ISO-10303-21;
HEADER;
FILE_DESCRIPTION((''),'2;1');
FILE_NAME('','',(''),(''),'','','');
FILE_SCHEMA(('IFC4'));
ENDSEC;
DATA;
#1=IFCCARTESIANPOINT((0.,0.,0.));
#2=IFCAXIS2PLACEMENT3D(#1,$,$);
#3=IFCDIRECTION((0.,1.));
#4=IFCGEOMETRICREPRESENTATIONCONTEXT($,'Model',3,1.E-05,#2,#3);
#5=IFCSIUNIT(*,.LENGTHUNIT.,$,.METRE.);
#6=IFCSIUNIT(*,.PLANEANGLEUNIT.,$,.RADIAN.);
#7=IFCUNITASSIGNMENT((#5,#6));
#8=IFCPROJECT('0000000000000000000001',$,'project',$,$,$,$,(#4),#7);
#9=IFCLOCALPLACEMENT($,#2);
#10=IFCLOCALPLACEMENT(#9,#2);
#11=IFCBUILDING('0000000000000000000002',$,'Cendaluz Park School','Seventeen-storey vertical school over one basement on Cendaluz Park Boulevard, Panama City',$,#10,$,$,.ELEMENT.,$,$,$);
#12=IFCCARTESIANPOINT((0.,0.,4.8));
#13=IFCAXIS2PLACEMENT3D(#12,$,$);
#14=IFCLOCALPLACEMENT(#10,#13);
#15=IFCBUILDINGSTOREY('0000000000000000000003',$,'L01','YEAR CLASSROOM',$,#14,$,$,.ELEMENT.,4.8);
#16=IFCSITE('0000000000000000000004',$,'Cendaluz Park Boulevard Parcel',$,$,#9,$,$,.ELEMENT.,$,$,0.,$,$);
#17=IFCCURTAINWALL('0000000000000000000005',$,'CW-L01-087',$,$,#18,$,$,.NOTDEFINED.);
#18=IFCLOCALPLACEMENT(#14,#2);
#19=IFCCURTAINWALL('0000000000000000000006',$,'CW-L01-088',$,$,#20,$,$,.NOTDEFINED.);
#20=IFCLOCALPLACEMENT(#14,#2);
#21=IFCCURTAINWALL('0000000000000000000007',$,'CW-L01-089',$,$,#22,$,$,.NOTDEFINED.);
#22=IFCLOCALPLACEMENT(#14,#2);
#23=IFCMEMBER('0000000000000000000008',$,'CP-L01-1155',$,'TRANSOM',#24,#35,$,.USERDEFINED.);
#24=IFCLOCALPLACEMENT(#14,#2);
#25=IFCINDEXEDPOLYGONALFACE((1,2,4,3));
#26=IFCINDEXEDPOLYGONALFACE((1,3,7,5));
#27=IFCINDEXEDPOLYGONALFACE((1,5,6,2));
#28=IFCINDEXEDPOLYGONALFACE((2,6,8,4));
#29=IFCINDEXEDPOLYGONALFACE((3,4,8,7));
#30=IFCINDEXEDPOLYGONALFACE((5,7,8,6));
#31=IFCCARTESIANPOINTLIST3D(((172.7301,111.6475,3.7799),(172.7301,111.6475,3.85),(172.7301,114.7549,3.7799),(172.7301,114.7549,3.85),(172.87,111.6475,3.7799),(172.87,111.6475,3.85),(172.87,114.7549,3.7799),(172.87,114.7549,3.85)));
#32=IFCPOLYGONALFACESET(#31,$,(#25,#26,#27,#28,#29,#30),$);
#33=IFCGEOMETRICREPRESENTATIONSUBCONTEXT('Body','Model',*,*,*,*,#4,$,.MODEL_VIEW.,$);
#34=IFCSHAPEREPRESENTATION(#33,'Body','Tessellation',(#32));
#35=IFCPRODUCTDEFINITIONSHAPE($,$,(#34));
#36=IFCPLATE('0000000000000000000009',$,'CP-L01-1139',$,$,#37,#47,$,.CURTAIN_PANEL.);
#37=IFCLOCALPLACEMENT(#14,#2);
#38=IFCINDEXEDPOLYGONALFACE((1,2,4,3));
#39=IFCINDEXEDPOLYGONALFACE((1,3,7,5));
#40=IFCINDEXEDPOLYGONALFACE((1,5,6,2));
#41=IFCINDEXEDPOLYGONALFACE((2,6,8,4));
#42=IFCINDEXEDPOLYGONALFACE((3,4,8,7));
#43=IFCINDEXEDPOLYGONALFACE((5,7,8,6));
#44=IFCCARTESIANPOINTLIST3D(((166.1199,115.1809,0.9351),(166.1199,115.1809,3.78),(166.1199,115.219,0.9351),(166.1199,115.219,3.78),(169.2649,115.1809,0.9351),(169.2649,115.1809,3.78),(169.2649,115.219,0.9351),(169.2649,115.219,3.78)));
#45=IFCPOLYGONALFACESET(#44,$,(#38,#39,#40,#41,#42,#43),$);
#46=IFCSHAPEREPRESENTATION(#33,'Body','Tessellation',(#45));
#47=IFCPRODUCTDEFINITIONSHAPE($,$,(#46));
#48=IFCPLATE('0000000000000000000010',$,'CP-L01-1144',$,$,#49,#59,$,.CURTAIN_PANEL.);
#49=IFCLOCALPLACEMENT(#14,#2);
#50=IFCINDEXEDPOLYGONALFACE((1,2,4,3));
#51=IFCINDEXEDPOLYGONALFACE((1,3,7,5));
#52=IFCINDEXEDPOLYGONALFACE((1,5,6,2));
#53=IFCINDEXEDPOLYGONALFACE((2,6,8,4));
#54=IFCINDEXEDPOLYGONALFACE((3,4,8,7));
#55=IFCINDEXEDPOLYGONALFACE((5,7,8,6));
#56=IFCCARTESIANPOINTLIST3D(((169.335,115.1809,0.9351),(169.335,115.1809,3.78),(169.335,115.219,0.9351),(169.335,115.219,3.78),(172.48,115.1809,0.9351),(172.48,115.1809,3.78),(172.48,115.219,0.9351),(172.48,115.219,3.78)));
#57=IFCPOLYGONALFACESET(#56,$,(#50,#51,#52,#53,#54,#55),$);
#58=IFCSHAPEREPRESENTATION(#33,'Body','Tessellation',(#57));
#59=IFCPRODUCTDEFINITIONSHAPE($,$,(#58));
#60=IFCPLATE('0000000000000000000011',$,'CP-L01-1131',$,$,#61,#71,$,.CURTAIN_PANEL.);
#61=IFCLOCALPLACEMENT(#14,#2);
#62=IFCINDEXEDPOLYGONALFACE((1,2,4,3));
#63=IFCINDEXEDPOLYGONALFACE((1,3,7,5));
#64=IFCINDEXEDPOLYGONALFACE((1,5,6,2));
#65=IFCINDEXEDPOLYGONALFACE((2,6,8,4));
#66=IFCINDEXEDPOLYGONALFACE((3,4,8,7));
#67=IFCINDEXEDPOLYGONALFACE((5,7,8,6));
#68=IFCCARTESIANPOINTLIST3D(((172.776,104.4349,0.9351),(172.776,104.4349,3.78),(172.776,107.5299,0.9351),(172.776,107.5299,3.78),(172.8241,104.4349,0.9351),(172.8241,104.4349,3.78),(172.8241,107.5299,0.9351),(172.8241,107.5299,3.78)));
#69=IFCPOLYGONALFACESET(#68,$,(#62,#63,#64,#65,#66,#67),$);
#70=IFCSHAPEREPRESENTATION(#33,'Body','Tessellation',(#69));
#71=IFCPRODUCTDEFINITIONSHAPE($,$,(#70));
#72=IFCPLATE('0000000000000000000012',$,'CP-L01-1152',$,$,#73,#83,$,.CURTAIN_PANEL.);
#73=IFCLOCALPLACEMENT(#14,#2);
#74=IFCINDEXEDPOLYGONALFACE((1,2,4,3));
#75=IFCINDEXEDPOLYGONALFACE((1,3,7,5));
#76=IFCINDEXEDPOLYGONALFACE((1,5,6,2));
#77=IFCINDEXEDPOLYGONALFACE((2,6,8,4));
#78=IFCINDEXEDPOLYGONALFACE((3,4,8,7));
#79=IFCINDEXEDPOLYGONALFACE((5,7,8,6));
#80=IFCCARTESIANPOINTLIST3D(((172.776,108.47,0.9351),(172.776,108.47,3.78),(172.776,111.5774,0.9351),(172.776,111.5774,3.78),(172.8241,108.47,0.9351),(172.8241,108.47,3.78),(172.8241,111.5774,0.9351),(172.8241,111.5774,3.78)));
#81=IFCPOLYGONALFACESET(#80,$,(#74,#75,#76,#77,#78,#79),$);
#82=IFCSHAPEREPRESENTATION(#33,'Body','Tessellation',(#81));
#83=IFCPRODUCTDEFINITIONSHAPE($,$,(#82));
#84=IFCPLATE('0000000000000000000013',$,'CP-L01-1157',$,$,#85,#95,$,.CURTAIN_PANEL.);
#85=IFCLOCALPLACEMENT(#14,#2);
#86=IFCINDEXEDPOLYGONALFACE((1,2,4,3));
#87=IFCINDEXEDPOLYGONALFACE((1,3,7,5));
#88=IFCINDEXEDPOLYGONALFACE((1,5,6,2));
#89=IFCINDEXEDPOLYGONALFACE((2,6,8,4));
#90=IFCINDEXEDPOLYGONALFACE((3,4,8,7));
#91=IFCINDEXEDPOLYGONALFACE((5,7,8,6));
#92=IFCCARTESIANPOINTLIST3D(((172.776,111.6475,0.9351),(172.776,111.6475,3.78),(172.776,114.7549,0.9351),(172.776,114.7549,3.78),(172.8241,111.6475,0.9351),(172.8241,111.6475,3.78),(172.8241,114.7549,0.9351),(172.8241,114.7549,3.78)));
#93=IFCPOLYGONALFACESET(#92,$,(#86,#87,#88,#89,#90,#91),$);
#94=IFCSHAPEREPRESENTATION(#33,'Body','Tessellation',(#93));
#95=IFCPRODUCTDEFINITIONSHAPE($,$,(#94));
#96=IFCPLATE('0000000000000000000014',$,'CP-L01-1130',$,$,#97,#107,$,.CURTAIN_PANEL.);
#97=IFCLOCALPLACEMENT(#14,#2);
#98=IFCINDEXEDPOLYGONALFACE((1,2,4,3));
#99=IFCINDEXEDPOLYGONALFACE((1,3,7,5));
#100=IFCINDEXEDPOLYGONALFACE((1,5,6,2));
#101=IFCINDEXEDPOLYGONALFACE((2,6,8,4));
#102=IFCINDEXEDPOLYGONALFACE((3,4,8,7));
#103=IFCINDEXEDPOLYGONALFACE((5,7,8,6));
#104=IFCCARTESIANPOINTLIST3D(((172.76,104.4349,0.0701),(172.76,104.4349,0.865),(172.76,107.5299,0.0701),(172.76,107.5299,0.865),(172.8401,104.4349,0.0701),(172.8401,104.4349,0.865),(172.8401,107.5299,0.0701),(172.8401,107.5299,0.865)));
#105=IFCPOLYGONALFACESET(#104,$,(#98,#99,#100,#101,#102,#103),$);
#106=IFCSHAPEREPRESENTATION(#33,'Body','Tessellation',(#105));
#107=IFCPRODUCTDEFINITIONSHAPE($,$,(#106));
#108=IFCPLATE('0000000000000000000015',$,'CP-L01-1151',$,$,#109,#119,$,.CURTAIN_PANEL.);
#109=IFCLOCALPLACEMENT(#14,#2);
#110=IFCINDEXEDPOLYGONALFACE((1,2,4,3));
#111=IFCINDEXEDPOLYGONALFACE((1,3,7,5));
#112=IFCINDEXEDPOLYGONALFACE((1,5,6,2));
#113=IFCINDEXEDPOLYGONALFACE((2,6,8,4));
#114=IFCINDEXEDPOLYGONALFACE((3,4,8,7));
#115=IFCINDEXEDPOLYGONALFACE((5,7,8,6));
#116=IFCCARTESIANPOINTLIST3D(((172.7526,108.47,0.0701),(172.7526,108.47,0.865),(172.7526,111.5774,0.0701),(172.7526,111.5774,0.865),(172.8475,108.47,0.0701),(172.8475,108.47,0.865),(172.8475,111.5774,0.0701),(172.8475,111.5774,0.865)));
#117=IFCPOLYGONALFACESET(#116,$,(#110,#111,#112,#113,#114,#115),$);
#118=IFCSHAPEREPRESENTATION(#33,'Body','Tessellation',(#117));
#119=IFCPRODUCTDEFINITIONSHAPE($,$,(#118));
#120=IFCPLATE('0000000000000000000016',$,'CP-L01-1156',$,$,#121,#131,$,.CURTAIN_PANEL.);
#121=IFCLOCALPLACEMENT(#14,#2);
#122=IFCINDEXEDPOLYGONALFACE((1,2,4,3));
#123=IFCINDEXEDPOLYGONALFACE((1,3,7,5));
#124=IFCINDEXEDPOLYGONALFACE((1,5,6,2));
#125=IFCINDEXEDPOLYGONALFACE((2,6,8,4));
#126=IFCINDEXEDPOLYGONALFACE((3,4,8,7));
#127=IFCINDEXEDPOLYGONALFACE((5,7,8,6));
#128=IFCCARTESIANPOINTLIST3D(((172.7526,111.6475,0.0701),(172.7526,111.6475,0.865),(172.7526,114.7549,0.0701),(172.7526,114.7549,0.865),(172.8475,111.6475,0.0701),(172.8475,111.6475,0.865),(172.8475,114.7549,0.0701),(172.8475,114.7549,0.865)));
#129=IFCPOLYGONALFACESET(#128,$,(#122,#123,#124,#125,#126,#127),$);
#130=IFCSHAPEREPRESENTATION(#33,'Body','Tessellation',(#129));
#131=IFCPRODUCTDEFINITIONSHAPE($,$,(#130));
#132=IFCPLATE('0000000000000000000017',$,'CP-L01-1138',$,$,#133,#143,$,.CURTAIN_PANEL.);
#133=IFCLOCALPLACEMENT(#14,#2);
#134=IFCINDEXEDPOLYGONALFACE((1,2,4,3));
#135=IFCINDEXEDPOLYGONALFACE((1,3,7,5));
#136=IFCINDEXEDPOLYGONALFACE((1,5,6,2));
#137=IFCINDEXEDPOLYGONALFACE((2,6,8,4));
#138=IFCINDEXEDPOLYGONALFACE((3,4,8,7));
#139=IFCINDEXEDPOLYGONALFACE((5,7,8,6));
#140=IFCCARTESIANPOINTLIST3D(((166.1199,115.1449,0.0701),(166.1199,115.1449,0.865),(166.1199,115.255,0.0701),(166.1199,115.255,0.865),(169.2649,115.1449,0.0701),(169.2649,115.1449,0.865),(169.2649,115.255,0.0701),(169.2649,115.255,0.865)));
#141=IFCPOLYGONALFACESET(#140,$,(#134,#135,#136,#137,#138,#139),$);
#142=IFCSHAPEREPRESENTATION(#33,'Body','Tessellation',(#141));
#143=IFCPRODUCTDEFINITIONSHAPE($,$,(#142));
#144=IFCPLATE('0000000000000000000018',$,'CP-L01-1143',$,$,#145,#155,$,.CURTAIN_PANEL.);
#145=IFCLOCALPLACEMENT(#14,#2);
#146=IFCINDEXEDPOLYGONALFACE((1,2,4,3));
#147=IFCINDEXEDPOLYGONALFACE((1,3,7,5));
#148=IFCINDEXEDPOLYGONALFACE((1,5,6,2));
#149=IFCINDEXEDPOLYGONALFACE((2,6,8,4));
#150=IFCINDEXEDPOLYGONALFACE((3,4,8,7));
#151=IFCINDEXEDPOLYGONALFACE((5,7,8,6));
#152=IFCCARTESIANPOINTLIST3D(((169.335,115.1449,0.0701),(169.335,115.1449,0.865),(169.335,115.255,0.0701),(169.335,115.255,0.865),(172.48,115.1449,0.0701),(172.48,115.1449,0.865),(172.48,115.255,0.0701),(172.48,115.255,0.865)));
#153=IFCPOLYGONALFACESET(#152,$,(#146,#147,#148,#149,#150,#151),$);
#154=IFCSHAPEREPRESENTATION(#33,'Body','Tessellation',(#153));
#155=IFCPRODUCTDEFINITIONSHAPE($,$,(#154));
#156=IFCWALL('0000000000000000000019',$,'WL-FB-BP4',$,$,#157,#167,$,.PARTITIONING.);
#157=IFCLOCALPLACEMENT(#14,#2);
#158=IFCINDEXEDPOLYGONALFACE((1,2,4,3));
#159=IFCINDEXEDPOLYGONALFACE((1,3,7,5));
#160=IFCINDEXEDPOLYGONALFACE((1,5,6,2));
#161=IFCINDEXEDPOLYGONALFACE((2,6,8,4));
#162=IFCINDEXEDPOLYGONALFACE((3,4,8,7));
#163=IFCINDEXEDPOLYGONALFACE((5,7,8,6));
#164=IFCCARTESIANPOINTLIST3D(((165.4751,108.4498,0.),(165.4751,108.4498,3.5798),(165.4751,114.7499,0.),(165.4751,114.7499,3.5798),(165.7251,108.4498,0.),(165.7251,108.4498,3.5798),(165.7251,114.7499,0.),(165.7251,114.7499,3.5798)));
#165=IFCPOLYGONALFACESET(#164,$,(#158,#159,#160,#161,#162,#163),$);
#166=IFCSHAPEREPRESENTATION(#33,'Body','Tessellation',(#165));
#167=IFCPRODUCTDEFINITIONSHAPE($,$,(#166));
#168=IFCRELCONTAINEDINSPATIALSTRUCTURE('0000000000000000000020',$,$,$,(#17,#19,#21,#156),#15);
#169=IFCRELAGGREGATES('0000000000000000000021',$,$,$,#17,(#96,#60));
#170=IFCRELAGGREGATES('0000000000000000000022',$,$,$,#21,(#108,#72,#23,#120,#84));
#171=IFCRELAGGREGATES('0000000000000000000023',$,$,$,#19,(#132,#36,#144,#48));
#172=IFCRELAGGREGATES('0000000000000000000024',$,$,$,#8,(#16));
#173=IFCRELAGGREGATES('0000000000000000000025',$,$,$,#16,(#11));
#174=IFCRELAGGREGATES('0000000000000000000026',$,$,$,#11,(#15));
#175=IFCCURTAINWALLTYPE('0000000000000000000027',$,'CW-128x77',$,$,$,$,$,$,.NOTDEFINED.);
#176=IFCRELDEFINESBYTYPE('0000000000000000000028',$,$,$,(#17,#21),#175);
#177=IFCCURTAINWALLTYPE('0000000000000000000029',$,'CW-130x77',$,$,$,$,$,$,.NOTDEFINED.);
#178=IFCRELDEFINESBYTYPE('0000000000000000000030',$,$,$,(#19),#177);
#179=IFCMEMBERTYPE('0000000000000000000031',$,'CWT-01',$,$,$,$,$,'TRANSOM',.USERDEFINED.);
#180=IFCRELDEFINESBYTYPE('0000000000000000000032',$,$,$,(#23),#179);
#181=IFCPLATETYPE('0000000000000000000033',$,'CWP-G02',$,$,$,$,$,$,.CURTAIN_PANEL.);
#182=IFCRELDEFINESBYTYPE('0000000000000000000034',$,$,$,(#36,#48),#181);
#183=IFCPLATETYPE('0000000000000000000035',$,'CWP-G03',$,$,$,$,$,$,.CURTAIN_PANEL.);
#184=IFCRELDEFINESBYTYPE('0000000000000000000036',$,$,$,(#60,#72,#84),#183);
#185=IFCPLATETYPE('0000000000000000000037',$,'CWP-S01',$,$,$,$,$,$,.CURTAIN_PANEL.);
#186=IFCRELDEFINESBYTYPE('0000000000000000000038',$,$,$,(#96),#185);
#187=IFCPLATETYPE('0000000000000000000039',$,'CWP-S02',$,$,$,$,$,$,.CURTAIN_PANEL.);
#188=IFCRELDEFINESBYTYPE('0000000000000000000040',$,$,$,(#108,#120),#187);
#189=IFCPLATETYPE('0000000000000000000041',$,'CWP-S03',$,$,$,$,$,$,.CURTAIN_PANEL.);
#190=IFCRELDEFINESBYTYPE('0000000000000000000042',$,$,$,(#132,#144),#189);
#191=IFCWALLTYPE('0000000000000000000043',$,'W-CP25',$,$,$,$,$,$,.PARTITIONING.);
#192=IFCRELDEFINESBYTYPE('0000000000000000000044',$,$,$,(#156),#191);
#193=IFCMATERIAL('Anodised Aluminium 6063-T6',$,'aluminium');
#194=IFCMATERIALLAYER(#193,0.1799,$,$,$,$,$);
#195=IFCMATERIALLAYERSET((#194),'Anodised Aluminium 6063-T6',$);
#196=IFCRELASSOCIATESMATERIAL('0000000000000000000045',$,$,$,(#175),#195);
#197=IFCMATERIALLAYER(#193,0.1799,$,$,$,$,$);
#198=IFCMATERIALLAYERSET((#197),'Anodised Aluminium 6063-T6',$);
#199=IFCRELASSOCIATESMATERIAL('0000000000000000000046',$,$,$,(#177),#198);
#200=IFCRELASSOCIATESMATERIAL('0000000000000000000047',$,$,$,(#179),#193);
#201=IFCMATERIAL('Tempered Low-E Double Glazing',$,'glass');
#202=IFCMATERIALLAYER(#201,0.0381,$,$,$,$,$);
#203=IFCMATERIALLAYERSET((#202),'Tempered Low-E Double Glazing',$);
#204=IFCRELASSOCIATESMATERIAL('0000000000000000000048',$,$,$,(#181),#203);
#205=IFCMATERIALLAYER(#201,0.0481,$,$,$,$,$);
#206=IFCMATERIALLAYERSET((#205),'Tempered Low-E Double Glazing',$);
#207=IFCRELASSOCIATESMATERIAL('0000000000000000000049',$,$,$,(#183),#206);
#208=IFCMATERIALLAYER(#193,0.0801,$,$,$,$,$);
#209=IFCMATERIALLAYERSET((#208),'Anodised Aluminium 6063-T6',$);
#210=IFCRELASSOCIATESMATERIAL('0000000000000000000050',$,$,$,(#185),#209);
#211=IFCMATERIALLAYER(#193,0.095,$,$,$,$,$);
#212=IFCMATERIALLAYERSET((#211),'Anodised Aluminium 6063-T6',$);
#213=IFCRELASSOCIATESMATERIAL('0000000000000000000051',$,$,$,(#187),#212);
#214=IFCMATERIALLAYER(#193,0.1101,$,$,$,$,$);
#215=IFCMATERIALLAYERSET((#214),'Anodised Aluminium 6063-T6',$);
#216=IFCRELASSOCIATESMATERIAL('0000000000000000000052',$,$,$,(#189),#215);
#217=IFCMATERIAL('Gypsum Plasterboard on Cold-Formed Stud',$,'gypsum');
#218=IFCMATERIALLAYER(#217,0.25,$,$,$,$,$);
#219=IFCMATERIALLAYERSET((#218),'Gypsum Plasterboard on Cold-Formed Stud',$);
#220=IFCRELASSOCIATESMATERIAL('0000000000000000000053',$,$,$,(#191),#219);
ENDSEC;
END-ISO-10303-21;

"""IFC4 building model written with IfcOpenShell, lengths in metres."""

from ifc_helpers import new_model, si_unit, direction, frame, frame_2d, origin, origin_2d, place, context, subcontext, project, spatial, rectangle, extrude, material, layer, layer_set, material_profile, profile_set, type_object, element, aggregate, save


model = new_model("IFC4")

# Units and contexts
model_context = context("Model", 3, precision=1e-05, world=origin(), true_north=direction((0.0, 1.0)))
body_context = subcontext(model_context, "Body", "Model", "MODEL_VIEW")
ifc_project = project(units=[si_unit("LENGTHUNIT", "METRE"), si_unit("PLANEANGLEUNIT", "RADIAN")], contexts=[model_context])

# Site, building, storey
site_placement = place(None, origin())
site = spatial("IfcSite", under=ifc_project, at=site_placement, Name="Cendaluz Park Boulevard Parcel", CompositionType="ELEMENT", RefElevation=0.0)
building_placement = place(site_placement, origin())
building = spatial("IfcBuilding", under=site, at=building_placement, Name="Cendaluz Park School", Description="Seventeen-storey vertical school over one basement on Cendaluz Park Boulevard, Panama City", CompositionType="ELEMENT")
storey_placement = place(building_placement, frame((0.0, 0.0, 4.8)))
storey = spatial("IfcBuildingStorey", under=building, at=storey_placement, Name="L01", Description="YEAR CLASSROOM", CompositionType="ELEMENT", Elevation=4.8)

# Curtain wall
ifc_material_1 = material(Name="Anodised Aluminium 6063-T6", Category="aluminium")
ifc_layer_1 = layer(ifc_material_1, 0.1799)
ifc_layer_set_1 = layer_set([ifc_layer_1], Name="Anodised Aluminium 6063-T6")
curtain_wall_type_1 = type_object("IfcCurtainWallType", Name="CW-128x77", PredefinedType="NOTDEFINED", material=ifc_layer_set_1)
curtain_wall_1_placement = place(storey_placement, origin())
curtain_wall_1 = element("IfcCurtainWall", 1, at=curtain_wall_1_placement, inside=storey, type_object=curtain_wall_type_1, Name="CW-L01-087", PredefinedType="NOTDEFINED")

# Curtain walls
ifc_layer_2 = layer(ifc_material_1, 0.1799)
ifc_layer_set_2 = layer_set([ifc_layer_2], Name="Anodised Aluminium 6063-T6")
curtain_wall_type_2 = type_object("IfcCurtainWallType", Name="CW-130x77", PredefinedType="NOTDEFINED", material=ifc_layer_set_2)
curtain_wall_2_placement = place(storey_placement, origin())
curtain_wall_2 = element("IfcCurtainWall", 2, at=curtain_wall_2_placement, inside=storey, type_object=curtain_wall_type_2, Name="CW-L01-088", PredefinedType="NOTDEFINED")
curtain_wall_3_placement = place(storey_placement, origin())
curtain_wall_3 = element("IfcCurtainWall", 3, at=curtain_wall_3_placement, inside=storey, type_object=curtain_wall_type_1, Name="CW-L01-089", PredefinedType="NOTDEFINED")

# Member
ifc_material_profile_1 = material_profile(ifc_material_1, rectangle(XDim=0.1399, YDim=0.0701, at=origin_2d()), Name="CWT 140x70", Category="aluminium")
ifc_profile_set_1 = profile_set([ifc_material_profile_1], Name="Anodised Aluminium 6063-T6")
member_type_1 = type_object("IfcMemberType", Name="CWT-01", ElementType="TRANSOM", PredefinedType="USERDEFINED", material=ifc_profile_set_1)
member_1_placement = place(storey_placement, frame((172.8, 111.6475, 3.8149), z_axis=(0.0, 1.0, 0.0), x_axis=(-1.0, 0.0, 0.0)))
member_1 = element("IfcMember", 4, at=member_1_placement, type_object=member_type_1, Name="CP-L01-1155", ObjectType="TRANSOM", PredefinedType="USERDEFINED", context=body_context, shape_type="SweptSolid", body=[
    extrude(rectangle(XDim=0.1399, YDim=0.0701, at=origin_2d()), origin(), (0.0, 0.0, 1.0), 3.1074),
])

# Plates
ifc_material_2 = material(Name="Tempered Low-E Double Glazing", Category="glass")
ifc_layer_3 = layer(ifc_material_2, 0.0381)
ifc_layer_set_3 = layer_set([ifc_layer_3], Name="Tempered Low-E Double Glazing")
plate_type_1 = type_object("IfcPlateType", Name="CWP-G02", PredefinedType="CURTAIN_PANEL", material=ifc_layer_set_3)
plate_1_placement = place(storey_placement, frame((167.6924, 115.2, 0.9351), z_axis=(0.0, 0.0, 1.0), x_axis=(1.0, 0.0, 0.0)))
plate_1 = element("IfcPlate", 5, at=plate_1_placement, type_object=plate_type_1, Name="CP-L01-1139", PredefinedType="CURTAIN_PANEL", context=body_context, shape_type="SweptSolid", body=[
    extrude(rectangle(XDim=3.145, YDim=0.0381, at=origin_2d()), origin(), (0.0, 0.0, 1.0), 2.845),
])
plate_2_placement = place(storey_placement, frame((170.9075, 115.2, 0.9351), z_axis=(0.0, 0.0, 1.0), x_axis=(1.0, 0.0, 0.0)))
plate_2 = element("IfcPlate", 6, at=plate_2_placement, type_object=plate_type_1, Name="CP-L01-1144", PredefinedType="CURTAIN_PANEL", context=body_context, shape_type="SweptSolid", body=[
    extrude(rectangle(XDim=3.145, YDim=0.0381, at=origin_2d()), origin(), (0.0, 0.0, 1.0), 2.845),
])
ifc_layer_4 = layer(ifc_material_2, 0.0481)
ifc_layer_set_4 = layer_set([ifc_layer_4], Name="Tempered Low-E Double Glazing")
plate_type_2 = type_object("IfcPlateType", Name="CWP-G03", PredefinedType="CURTAIN_PANEL", material=ifc_layer_set_4)
plate_3_placement = place(storey_placement, frame((172.8, 105.9824, 0.9351), z_axis=(0.0, 0.0, 1.0), x_axis=(0.0, 1.0, 0.0)))
plate_3 = element("IfcPlate", 7, at=plate_3_placement, type_object=plate_type_2, Name="CP-L01-1131", PredefinedType="CURTAIN_PANEL", context=body_context, shape_type="SweptSolid", body=[
    extrude(rectangle(XDim=3.095, YDim=0.0481, at=origin_2d()), origin(), (0.0, 0.0, 1.0), 2.845),
])
plate_4_placement = place(storey_placement, frame((172.8, 110.0237, 0.9351), z_axis=(0.0, 0.0, 1.0), x_axis=(0.0, 1.0, 0.0)))
plate_4 = element("IfcPlate", 8, at=plate_4_placement, type_object=plate_type_2, Name="CP-L01-1152", PredefinedType="CURTAIN_PANEL", context=body_context, shape_type="SweptSolid", body=[
    extrude(rectangle(XDim=3.1074, YDim=0.0481, at=origin_2d()), origin(), (0.0, 0.0, 1.0), 2.845),
])
plate_5_placement = place(storey_placement, frame((172.8, 113.2012, 0.9351), z_axis=(0.0, 0.0, 1.0), x_axis=(0.0, 1.0, 0.0)))
plate_5 = element("IfcPlate", 9, at=plate_5_placement, type_object=plate_type_2, Name="CP-L01-1157", PredefinedType="CURTAIN_PANEL", context=body_context, shape_type="SweptSolid", body=[
    extrude(rectangle(XDim=3.1074, YDim=0.0481, at=origin_2d()), origin(), (0.0, 0.0, 1.0), 2.845),
])
ifc_layer_5 = layer(ifc_material_1, 0.0801)
ifc_layer_set_5 = layer_set([ifc_layer_5], Name="Anodised Aluminium 6063-T6")
plate_type_3 = type_object("IfcPlateType", Name="CWP-S01", PredefinedType="CURTAIN_PANEL", material=ifc_layer_set_5)
plate_6_placement = place(storey_placement, frame((172.8, 105.9824, 0.0701), z_axis=(0.0, 0.0, 1.0), x_axis=(0.0, 1.0, 0.0)))
plate_6 = element("IfcPlate", 10, at=plate_6_placement, type_object=plate_type_3, Name="CP-L01-1130", PredefinedType="CURTAIN_PANEL", context=body_context, shape_type="SweptSolid", body=[
    extrude(rectangle(XDim=3.095, YDim=0.0801, at=origin_2d()), origin(), (0.0, 0.0, 1.0), 0.7949),
])
aggregate(curtain_wall_1, [plate_6, plate_3])
ifc_layer_6 = layer(ifc_material_1, 0.095)
ifc_layer_set_6 = layer_set([ifc_layer_6], Name="Anodised Aluminium 6063-T6")
plate_type_4 = type_object("IfcPlateType", Name="CWP-S02", PredefinedType="CURTAIN_PANEL", material=ifc_layer_set_6)
plate_7_placement = place(storey_placement, frame((172.8, 110.0237, 0.0701), z_axis=(0.0, 0.0, 1.0), x_axis=(0.0, 1.0, 0.0)))
plate_7 = element("IfcPlate", 11, at=plate_7_placement, type_object=plate_type_4, Name="CP-L01-1151", PredefinedType="CURTAIN_PANEL", context=body_context, shape_type="SweptSolid", body=[
    extrude(rectangle(XDim=3.1074, YDim=0.095, at=origin_2d()), origin(), (0.0, 0.0, 1.0), 0.7949),
])
plate_8_placement = place(storey_placement, frame((172.8, 113.2012, 0.0701), z_axis=(0.0, 0.0, 1.0), x_axis=(0.0, 1.0, 0.0)))
plate_8 = element("IfcPlate", 12, at=plate_8_placement, type_object=plate_type_4, Name="CP-L01-1156", PredefinedType="CURTAIN_PANEL", context=body_context, shape_type="SweptSolid", body=[
    extrude(rectangle(XDim=3.1074, YDim=0.095, at=origin_2d()), origin(), (0.0, 0.0, 1.0), 0.7949),
])
aggregate(curtain_wall_3, [plate_7, plate_4, member_1, plate_8, plate_5])
ifc_layer_7 = layer(ifc_material_1, 0.1101)
ifc_layer_set_7 = layer_set([ifc_layer_7], Name="Anodised Aluminium 6063-T6")
plate_type_5 = type_object("IfcPlateType", Name="CWP-S03", PredefinedType="CURTAIN_PANEL", material=ifc_layer_set_7)
plate_9_placement = place(storey_placement, frame((167.6924, 115.2, 0.0701), z_axis=(0.0, 0.0, 1.0), x_axis=(1.0, 0.0, 0.0)))
plate_9 = element("IfcPlate", 13, at=plate_9_placement, type_object=plate_type_5, Name="CP-L01-1138", PredefinedType="CURTAIN_PANEL", context=body_context, shape_type="SweptSolid", body=[
    extrude(rectangle(XDim=3.145, YDim=0.1101, at=origin_2d()), origin(), (0.0, 0.0, 1.0), 0.7949),
])
plate_10_placement = place(storey_placement, frame((170.9075, 115.2, 0.0701), z_axis=(0.0, 0.0, 1.0), x_axis=(1.0, 0.0, 0.0)))
plate_10 = element("IfcPlate", 14, at=plate_10_placement, type_object=plate_type_5, Name="CP-L01-1143", PredefinedType="CURTAIN_PANEL", context=body_context, shape_type="SweptSolid", body=[
    extrude(rectangle(XDim=3.145, YDim=0.1101, at=origin_2d()), origin(), (0.0, 0.0, 1.0), 0.7949),
])
aggregate(curtain_wall_2, [plate_9, plate_1, plate_10, plate_2])

# Wall
ifc_material_3 = material(Name="Gypsum Plasterboard on Cold-Formed Stud", Category="gypsum")
ifc_layer_8 = layer(ifc_material_3, 0.25)
ifc_layer_set_8 = layer_set([ifc_layer_8], Name="Gypsum Plasterboard on Cold-Formed Stud")
wall_type = type_object("IfcWallType", Name="W-CP25", PredefinedType="PARTITIONING", material=ifc_layer_set_8)
wall_placement = place(storey_placement, frame((165.6001, 108.45, 0.0), z_axis=(0.0, 0.0, 1.0), x_axis=(0.0, 1.0, 0.0)))
element("IfcWall", 15, at=wall_placement, inside=storey, type_object=wall_type, Name="WL-FB-BP4", PredefinedType="PARTITIONING", context=body_context, shape_type="SweptSolid", body=[
    extrude(rectangle(XDim=6.3, YDim=0.25, at=frame_2d((3.1499, 0.0))), origin(), (0.0, 0.0, 1.0), 3.5798),
])

save(model, "model.ifc")
